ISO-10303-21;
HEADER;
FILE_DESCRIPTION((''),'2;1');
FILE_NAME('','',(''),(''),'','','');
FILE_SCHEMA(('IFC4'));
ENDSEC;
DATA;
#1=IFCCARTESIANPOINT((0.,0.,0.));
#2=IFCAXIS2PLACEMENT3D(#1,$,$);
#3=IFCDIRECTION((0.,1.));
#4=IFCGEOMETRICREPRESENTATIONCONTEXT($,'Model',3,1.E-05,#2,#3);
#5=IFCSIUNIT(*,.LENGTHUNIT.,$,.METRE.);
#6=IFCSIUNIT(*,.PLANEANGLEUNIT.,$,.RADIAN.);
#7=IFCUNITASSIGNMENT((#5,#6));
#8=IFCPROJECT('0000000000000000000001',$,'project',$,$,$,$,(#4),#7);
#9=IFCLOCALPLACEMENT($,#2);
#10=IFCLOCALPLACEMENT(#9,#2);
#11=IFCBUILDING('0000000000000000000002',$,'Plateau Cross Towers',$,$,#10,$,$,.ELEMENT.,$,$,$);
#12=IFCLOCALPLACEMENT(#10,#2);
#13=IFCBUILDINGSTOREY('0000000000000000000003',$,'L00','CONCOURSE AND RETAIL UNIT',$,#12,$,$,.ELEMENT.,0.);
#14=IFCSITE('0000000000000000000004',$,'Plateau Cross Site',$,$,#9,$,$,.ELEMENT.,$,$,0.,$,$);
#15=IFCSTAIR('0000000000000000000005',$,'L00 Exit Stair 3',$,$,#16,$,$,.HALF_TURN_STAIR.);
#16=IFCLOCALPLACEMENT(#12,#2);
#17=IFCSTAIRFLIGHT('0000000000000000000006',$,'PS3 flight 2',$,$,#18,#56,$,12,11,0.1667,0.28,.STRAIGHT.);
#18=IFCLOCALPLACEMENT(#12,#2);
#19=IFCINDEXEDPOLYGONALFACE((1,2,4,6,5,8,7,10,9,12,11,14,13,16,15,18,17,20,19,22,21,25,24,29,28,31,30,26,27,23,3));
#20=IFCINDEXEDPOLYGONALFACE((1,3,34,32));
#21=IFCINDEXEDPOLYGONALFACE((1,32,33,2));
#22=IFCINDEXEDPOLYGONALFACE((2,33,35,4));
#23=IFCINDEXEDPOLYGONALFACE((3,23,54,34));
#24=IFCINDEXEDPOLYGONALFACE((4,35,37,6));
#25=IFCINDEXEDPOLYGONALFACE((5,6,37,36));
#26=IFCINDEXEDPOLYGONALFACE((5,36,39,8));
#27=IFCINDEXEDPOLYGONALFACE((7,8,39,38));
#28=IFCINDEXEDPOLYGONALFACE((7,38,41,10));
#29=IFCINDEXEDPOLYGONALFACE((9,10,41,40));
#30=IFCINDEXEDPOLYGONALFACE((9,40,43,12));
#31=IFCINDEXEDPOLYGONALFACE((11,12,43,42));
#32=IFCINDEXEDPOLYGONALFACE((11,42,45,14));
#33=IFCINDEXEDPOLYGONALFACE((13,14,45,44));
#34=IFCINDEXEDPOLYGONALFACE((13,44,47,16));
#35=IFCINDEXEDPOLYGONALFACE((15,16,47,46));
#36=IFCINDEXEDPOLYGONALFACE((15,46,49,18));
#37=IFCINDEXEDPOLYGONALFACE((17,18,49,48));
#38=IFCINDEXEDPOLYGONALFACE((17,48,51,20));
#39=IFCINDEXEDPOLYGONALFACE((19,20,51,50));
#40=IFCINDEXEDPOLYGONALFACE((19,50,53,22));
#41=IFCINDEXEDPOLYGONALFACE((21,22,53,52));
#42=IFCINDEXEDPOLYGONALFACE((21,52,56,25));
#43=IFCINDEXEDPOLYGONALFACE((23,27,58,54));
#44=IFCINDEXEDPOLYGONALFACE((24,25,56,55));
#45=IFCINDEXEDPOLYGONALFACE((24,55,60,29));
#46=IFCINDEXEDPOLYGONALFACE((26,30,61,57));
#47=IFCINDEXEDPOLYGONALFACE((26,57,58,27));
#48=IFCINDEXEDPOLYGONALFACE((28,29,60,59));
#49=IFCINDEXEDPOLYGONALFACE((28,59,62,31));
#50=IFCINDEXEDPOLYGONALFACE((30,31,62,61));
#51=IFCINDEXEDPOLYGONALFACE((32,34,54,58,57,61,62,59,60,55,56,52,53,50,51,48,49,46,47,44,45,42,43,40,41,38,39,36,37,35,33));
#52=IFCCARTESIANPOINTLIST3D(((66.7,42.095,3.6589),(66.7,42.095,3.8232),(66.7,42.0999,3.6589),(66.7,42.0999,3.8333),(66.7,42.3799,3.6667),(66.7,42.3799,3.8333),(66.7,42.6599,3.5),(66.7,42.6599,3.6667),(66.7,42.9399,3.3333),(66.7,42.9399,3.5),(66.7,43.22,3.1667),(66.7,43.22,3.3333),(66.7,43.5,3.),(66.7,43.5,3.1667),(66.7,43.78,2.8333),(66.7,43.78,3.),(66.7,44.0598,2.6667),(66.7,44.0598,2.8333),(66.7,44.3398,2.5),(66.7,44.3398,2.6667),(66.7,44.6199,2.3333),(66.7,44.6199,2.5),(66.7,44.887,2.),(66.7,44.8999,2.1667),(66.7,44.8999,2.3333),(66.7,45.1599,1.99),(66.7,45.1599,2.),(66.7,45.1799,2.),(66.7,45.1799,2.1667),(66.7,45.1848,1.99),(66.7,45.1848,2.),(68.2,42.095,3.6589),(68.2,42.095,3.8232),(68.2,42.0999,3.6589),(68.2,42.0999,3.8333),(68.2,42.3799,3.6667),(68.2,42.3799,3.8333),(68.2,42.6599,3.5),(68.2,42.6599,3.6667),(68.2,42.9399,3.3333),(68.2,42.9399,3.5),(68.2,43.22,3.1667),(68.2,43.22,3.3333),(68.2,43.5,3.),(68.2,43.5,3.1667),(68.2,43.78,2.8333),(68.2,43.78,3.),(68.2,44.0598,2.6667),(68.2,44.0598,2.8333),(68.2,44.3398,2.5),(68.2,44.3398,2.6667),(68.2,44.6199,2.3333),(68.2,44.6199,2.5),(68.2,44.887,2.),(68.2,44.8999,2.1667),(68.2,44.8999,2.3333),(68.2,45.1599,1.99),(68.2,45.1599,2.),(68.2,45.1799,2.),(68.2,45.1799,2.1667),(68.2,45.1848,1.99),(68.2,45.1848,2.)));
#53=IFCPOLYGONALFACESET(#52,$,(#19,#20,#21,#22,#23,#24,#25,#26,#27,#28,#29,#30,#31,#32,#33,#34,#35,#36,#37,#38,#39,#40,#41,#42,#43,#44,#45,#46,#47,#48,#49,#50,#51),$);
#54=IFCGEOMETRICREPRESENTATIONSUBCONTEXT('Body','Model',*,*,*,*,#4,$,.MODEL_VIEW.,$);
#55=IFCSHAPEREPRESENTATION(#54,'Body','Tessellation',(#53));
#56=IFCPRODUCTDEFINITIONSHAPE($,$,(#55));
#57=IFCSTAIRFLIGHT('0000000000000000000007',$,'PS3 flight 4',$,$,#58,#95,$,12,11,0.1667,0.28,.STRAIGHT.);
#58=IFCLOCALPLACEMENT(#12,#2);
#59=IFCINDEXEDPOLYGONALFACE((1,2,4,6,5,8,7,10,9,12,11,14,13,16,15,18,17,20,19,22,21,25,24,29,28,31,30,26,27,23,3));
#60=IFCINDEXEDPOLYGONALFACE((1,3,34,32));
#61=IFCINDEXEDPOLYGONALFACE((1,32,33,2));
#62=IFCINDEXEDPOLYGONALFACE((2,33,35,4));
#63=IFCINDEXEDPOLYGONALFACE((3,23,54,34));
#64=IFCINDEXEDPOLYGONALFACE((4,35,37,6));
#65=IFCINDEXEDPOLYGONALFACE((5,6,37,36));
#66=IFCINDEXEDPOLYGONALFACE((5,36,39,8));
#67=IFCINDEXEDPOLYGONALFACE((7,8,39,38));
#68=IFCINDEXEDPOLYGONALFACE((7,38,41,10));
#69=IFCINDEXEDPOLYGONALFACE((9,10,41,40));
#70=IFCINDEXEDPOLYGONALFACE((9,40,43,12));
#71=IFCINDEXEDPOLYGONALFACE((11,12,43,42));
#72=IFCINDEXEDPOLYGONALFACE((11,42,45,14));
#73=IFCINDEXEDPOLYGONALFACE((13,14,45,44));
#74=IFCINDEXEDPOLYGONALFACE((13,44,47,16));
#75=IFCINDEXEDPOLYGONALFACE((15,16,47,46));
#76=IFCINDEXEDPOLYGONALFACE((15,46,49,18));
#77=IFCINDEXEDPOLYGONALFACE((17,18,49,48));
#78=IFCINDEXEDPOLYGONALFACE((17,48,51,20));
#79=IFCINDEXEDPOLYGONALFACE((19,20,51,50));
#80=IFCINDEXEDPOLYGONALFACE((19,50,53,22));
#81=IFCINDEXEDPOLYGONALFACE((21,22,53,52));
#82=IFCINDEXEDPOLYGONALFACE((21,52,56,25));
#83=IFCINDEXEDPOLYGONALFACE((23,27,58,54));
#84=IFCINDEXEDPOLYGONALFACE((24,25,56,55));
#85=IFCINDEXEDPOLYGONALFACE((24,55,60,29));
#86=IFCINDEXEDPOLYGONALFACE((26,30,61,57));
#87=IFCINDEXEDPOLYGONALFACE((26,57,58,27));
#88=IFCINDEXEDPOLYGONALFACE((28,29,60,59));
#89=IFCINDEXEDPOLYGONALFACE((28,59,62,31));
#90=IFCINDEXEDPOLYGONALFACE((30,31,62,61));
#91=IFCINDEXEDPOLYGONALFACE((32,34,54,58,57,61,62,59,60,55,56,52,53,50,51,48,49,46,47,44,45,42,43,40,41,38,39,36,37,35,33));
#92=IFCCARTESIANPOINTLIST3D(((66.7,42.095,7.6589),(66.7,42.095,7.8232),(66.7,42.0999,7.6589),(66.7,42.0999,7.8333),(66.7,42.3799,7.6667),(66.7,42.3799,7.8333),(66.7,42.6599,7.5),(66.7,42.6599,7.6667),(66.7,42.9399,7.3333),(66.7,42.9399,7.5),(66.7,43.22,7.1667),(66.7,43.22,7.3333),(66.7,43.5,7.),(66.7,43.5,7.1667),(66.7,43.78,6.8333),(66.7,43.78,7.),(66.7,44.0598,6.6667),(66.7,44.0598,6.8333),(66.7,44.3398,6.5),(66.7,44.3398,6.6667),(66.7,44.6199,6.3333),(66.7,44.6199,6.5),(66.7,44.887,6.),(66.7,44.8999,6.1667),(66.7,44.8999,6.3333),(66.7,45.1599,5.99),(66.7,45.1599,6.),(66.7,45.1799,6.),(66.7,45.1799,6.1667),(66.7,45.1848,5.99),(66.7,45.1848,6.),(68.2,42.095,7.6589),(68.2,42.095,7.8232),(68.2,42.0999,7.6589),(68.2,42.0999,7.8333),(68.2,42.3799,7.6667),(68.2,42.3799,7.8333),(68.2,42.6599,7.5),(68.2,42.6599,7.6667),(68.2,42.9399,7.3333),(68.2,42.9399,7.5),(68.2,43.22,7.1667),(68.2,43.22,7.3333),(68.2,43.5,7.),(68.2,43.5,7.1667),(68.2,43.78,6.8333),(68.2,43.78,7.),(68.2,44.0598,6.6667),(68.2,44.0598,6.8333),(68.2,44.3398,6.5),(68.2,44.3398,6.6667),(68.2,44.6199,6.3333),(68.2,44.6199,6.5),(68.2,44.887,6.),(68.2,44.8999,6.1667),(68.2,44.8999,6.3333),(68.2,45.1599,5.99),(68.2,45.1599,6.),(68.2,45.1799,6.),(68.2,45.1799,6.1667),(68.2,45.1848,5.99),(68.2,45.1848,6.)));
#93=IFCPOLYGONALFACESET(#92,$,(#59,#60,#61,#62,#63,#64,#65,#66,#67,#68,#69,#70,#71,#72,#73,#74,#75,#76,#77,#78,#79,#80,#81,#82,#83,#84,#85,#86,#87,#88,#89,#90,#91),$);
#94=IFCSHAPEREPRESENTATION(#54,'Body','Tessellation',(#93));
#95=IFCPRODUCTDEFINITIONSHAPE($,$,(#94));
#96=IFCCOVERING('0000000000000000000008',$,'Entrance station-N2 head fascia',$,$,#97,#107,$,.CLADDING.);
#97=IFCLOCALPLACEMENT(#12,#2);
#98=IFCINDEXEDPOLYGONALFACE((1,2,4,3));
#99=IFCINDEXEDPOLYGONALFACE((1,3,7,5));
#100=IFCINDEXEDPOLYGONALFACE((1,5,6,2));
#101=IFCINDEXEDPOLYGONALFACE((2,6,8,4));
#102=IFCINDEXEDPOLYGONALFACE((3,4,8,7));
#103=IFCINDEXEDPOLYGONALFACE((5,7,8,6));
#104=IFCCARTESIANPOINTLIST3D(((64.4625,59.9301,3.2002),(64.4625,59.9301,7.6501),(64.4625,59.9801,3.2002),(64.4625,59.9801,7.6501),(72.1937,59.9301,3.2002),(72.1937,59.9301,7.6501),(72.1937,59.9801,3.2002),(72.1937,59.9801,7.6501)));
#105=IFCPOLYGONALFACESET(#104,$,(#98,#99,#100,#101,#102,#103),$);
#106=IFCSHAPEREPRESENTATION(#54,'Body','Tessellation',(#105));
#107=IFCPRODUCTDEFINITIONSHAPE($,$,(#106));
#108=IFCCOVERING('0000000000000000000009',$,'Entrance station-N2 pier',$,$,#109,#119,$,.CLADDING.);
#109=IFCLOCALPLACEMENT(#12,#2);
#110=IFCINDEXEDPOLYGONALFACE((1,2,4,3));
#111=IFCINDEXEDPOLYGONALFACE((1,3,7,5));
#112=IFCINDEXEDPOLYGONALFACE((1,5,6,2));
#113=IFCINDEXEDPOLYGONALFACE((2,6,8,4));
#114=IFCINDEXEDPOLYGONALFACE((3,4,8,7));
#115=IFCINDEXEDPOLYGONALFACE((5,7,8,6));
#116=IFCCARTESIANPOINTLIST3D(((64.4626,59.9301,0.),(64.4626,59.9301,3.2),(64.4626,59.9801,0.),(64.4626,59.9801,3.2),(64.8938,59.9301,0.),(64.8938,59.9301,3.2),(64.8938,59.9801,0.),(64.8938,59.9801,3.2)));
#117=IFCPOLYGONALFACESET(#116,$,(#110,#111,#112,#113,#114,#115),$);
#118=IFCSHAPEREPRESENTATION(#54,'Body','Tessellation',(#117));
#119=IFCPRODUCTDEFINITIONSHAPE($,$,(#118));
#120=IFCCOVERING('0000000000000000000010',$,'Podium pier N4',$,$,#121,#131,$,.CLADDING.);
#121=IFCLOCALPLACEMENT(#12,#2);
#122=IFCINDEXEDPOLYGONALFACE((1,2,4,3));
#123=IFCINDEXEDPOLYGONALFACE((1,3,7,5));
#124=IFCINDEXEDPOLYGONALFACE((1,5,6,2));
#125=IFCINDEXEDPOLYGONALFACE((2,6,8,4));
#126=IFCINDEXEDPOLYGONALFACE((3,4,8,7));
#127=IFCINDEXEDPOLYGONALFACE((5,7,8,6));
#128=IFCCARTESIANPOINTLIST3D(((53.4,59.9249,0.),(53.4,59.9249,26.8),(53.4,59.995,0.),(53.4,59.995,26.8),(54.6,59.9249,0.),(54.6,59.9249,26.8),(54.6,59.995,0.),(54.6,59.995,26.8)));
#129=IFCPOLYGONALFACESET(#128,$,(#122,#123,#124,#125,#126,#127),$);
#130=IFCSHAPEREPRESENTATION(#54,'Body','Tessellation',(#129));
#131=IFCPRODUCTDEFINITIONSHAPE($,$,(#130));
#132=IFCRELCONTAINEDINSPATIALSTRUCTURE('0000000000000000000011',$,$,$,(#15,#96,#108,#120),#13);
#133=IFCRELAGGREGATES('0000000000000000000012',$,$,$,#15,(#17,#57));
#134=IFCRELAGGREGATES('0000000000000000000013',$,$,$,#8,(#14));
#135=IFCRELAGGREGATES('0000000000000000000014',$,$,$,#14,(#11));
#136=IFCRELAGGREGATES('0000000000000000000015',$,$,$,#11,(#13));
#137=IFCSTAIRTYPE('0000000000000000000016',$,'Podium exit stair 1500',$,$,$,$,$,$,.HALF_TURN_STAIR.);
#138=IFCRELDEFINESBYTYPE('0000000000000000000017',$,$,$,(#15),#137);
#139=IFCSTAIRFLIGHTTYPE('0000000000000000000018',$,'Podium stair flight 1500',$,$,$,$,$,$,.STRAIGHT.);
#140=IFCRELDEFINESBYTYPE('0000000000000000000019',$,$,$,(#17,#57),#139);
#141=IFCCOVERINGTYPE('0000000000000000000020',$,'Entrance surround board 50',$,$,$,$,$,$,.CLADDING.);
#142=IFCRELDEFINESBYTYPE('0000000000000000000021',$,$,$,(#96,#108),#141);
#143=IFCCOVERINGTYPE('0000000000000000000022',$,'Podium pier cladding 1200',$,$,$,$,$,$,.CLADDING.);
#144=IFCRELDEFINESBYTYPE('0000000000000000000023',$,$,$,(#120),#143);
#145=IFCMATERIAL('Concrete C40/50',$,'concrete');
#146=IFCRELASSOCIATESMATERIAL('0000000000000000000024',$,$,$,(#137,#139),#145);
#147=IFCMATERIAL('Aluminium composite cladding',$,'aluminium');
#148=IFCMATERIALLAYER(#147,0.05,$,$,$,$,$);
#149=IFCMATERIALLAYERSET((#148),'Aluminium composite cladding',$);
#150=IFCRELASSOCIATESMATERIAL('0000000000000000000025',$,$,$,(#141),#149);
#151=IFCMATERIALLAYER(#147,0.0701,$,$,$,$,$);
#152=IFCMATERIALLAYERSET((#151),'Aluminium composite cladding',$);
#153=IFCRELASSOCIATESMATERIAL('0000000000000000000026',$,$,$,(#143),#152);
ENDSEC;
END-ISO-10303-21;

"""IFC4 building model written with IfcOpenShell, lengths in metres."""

from ifc_helpers import new_model, si_unit, direction, frame, origin, origin_2d, place, context, subcontext, project, spatial, polyline, rectangle, outline, extrude, material, layer, layer_set, type_object, element, aggregate, save


model = new_model("IFC4")

# Units and contexts
model_context = context("Model", 3, precision=1e-05, world=origin(), true_north=direction((0.0, 1.0)))
body_context = subcontext(model_context, "Body", "Model", "MODEL_VIEW")
ifc_project = project(units=[si_unit("LENGTHUNIT", "METRE"), si_unit("PLANEANGLEUNIT", "RADIAN")], contexts=[model_context])

# Site, building, storey
site_placement = place(None, origin())
site = spatial("IfcSite", under=ifc_project, at=site_placement, Name="Plateau Cross Site", CompositionType="ELEMENT", RefElevation=0.0)
building_placement = place(site_placement, origin())
building = spatial("IfcBuilding", under=site, at=building_placement, Name="Plateau Cross Towers", CompositionType="ELEMENT")
storey_placement = place(building_placement, origin())
storey = spatial("IfcBuildingStorey", under=building, at=storey_placement, Name="L00", Description="CONCOURSE AND RETAIL UNIT", CompositionType="ELEMENT", Elevation=0.0)

# Stair, stair flights
ifc_material_1 = material(Name="Concrete C40/50", Category="concrete")
stair_type = type_object("IfcStairType", Name="Podium exit stair 1500", PredefinedType="HALF_TURN_STAIR", material=ifc_material_1)
stair_placement = place(storey_placement, origin())
stair = element("IfcStair", 1, at=stair_placement, inside=storey, type_object=stair_type, Name="L00 Exit Stair 3", PredefinedType="HALF_TURN_STAIR")
stair_flight_type = type_object("IfcStairFlightType", Name="Podium stair flight 1500", PredefinedType="STRAIGHT", material=ifc_material_1)
stair_flight_1_placement = place(storey_placement, frame((67.45, 45.1799, 2.0), z_axis=(0.0, 0.0, 1.0), x_axis=(0.0, -1.0, 0.0)))
stair_flight_1 = element("IfcStairFlight", 2, at=stair_flight_1_placement, type_object=stair_flight_type, Name="PS3 flight 2", NumberOfRisers=12, NumberOfTreads=11, PredefinedType="STRAIGHT", RiserHeight=0.1667, TreadLength=0.28, context=body_context, shape_type="SweptSolid", body=[
    extrude(outline(polyline([(-0.0049, -0.01), (-0.0049, 0.0), (0.0, 0.0), (0.0, 0.1667), (0.28, 0.1667), (0.28, 0.3333), (0.5601, 0.3333), (0.5601, 0.5), (0.8401, 0.5), (0.8401, 0.6667), (1.1201, 0.6667), (1.1201, 0.8333), (1.3999, 0.8333), (1.3999, 1.0), (1.6799, 1.0), (1.6799, 1.1667), (1.96, 1.1667), (1.96, 1.3333), (2.24, 1.3333), (2.24, 1.5), (2.52, 1.5), (2.52, 1.6667), (2.8, 1.6667), (2.8, 1.8333), (3.0801, 1.8333), (3.085, 1.8232), (3.085, 1.6589), (3.0801, 1.6589), (0.293, 0.0), (0.02, 0.0), (0.02, -0.01), (-0.0049, -0.01)])), frame((0.0, 0.75, 0.0), z_axis=(0.0, -1.0, 0.0), x_axis=(1.0, 0.0, 0.0)), (0.0, 0.0, 1.0), 1.5),
])
stair_flight_2_placement = place(storey_placement, frame((67.45, 45.1799, 6.0), z_axis=(0.0, 0.0, 1.0), x_axis=(0.0, -1.0, 0.0)))
stair_flight_2 = element("IfcStairFlight", 3, at=stair_flight_2_placement, type_object=stair_flight_type, Name="PS3 flight 4", NumberOfRisers=12, NumberOfTreads=11, PredefinedType="STRAIGHT", RiserHeight=0.1667, TreadLength=0.28, context=body_context, shape_type="SweptSolid", body=[
    extrude(outline(polyline([(-0.0049, -0.01), (-0.0049, 0.0), (0.0, 0.0), (0.0, 0.1667), (0.28, 0.1667), (0.28, 0.3333), (0.5601, 0.3333), (0.5601, 0.5), (0.8401, 0.5), (0.8401, 0.6667), (1.1201, 0.6667), (1.1201, 0.8333), (1.3999, 0.8333), (1.3999, 1.0), (1.6799, 1.0), (1.6799, 1.1667), (1.96, 1.1667), (1.96, 1.3333), (2.24, 1.3333), (2.24, 1.5), (2.52, 1.5), (2.52, 1.6667), (2.8, 1.6667), (2.8, 1.8333), (3.0801, 1.8333), (3.085, 1.8232), (3.085, 1.6589), (3.0801, 1.6589), (0.293, 0.0), (0.02, 0.0), (0.02, -0.01), (-0.0049, -0.01)])), frame((0.0, 0.75, 0.0), z_axis=(0.0, -1.0, 0.0), x_axis=(1.0, 0.0, 0.0)), (0.0, 0.0, 1.0), 1.5),
])
aggregate(stair, [stair_flight_1, stair_flight_2])

# Coverings
ifc_material_2 = material(Name="Aluminium composite cladding", Category="aluminium")
ifc_layer_1 = layer(ifc_material_2, 0.05)
ifc_layer_set_1 = layer_set([ifc_layer_1], Name="Aluminium composite cladding")
covering_type_1 = type_object("IfcCoveringType", Name="Entrance surround board 50", PredefinedType="CLADDING", material=ifc_layer_set_1)
covering_1_placement = place(storey_placement, frame((68.3281, 59.9551, 3.2002), z_axis=(0.0, 0.0, 1.0), x_axis=(-1.0, 0.0, 0.0)))
element("IfcCovering", 4, at=covering_1_placement, inside=storey, type_object=covering_type_1, Name="Entrance station-N2 head fascia", PredefinedType="CLADDING", context=body_context, shape_type="SweptSolid", body=[
    extrude(rectangle(XDim=7.7312, YDim=0.05, at=origin_2d()), origin(), (0.0, 0.0, 1.0), 4.45),
])
covering_2_placement = place(storey_placement, frame((64.6782, 59.9551, 0.0), z_axis=(0.0, 0.0, 1.0), x_axis=(-1.0, 0.0, 0.0)))
element("IfcCovering", 5, at=covering_2_placement, inside=storey, type_object=covering_type_1, Name="Entrance station-N2 pier", PredefinedType="CLADDING", context=body_context, shape_type="SweptSolid", body=[
    extrude(rectangle(XDim=0.4312, YDim=0.05, at=origin_2d()), origin(), (0.0, 0.0, 1.0), 3.2),
])
ifc_layer_2 = layer(ifc_material_2, 0.0701)
ifc_layer_set_2 = layer_set([ifc_layer_2], Name="Aluminium composite cladding")
covering_type_2 = type_object("IfcCoveringType", Name="Podium pier cladding 1200", PredefinedType="CLADDING", material=ifc_layer_set_2)
covering_3_placement = place(storey_placement, frame((54.0, 59.96, 0.0), z_axis=(0.0, 0.0, 1.0), x_axis=(-1.0, 0.0, 0.0)))
element("IfcCovering", 6, at=covering_3_placement, inside=storey, type_object=covering_type_2, Name="Podium pier N4", PredefinedType="CLADDING", context=body_context, shape_type="SweptSolid", body=[
    extrude(rectangle(XDim=1.2, YDim=0.0701, at=origin_2d()), origin(), (0.0, 0.0, 1.0), 26.8),
])

save(model, "model.ifc")
